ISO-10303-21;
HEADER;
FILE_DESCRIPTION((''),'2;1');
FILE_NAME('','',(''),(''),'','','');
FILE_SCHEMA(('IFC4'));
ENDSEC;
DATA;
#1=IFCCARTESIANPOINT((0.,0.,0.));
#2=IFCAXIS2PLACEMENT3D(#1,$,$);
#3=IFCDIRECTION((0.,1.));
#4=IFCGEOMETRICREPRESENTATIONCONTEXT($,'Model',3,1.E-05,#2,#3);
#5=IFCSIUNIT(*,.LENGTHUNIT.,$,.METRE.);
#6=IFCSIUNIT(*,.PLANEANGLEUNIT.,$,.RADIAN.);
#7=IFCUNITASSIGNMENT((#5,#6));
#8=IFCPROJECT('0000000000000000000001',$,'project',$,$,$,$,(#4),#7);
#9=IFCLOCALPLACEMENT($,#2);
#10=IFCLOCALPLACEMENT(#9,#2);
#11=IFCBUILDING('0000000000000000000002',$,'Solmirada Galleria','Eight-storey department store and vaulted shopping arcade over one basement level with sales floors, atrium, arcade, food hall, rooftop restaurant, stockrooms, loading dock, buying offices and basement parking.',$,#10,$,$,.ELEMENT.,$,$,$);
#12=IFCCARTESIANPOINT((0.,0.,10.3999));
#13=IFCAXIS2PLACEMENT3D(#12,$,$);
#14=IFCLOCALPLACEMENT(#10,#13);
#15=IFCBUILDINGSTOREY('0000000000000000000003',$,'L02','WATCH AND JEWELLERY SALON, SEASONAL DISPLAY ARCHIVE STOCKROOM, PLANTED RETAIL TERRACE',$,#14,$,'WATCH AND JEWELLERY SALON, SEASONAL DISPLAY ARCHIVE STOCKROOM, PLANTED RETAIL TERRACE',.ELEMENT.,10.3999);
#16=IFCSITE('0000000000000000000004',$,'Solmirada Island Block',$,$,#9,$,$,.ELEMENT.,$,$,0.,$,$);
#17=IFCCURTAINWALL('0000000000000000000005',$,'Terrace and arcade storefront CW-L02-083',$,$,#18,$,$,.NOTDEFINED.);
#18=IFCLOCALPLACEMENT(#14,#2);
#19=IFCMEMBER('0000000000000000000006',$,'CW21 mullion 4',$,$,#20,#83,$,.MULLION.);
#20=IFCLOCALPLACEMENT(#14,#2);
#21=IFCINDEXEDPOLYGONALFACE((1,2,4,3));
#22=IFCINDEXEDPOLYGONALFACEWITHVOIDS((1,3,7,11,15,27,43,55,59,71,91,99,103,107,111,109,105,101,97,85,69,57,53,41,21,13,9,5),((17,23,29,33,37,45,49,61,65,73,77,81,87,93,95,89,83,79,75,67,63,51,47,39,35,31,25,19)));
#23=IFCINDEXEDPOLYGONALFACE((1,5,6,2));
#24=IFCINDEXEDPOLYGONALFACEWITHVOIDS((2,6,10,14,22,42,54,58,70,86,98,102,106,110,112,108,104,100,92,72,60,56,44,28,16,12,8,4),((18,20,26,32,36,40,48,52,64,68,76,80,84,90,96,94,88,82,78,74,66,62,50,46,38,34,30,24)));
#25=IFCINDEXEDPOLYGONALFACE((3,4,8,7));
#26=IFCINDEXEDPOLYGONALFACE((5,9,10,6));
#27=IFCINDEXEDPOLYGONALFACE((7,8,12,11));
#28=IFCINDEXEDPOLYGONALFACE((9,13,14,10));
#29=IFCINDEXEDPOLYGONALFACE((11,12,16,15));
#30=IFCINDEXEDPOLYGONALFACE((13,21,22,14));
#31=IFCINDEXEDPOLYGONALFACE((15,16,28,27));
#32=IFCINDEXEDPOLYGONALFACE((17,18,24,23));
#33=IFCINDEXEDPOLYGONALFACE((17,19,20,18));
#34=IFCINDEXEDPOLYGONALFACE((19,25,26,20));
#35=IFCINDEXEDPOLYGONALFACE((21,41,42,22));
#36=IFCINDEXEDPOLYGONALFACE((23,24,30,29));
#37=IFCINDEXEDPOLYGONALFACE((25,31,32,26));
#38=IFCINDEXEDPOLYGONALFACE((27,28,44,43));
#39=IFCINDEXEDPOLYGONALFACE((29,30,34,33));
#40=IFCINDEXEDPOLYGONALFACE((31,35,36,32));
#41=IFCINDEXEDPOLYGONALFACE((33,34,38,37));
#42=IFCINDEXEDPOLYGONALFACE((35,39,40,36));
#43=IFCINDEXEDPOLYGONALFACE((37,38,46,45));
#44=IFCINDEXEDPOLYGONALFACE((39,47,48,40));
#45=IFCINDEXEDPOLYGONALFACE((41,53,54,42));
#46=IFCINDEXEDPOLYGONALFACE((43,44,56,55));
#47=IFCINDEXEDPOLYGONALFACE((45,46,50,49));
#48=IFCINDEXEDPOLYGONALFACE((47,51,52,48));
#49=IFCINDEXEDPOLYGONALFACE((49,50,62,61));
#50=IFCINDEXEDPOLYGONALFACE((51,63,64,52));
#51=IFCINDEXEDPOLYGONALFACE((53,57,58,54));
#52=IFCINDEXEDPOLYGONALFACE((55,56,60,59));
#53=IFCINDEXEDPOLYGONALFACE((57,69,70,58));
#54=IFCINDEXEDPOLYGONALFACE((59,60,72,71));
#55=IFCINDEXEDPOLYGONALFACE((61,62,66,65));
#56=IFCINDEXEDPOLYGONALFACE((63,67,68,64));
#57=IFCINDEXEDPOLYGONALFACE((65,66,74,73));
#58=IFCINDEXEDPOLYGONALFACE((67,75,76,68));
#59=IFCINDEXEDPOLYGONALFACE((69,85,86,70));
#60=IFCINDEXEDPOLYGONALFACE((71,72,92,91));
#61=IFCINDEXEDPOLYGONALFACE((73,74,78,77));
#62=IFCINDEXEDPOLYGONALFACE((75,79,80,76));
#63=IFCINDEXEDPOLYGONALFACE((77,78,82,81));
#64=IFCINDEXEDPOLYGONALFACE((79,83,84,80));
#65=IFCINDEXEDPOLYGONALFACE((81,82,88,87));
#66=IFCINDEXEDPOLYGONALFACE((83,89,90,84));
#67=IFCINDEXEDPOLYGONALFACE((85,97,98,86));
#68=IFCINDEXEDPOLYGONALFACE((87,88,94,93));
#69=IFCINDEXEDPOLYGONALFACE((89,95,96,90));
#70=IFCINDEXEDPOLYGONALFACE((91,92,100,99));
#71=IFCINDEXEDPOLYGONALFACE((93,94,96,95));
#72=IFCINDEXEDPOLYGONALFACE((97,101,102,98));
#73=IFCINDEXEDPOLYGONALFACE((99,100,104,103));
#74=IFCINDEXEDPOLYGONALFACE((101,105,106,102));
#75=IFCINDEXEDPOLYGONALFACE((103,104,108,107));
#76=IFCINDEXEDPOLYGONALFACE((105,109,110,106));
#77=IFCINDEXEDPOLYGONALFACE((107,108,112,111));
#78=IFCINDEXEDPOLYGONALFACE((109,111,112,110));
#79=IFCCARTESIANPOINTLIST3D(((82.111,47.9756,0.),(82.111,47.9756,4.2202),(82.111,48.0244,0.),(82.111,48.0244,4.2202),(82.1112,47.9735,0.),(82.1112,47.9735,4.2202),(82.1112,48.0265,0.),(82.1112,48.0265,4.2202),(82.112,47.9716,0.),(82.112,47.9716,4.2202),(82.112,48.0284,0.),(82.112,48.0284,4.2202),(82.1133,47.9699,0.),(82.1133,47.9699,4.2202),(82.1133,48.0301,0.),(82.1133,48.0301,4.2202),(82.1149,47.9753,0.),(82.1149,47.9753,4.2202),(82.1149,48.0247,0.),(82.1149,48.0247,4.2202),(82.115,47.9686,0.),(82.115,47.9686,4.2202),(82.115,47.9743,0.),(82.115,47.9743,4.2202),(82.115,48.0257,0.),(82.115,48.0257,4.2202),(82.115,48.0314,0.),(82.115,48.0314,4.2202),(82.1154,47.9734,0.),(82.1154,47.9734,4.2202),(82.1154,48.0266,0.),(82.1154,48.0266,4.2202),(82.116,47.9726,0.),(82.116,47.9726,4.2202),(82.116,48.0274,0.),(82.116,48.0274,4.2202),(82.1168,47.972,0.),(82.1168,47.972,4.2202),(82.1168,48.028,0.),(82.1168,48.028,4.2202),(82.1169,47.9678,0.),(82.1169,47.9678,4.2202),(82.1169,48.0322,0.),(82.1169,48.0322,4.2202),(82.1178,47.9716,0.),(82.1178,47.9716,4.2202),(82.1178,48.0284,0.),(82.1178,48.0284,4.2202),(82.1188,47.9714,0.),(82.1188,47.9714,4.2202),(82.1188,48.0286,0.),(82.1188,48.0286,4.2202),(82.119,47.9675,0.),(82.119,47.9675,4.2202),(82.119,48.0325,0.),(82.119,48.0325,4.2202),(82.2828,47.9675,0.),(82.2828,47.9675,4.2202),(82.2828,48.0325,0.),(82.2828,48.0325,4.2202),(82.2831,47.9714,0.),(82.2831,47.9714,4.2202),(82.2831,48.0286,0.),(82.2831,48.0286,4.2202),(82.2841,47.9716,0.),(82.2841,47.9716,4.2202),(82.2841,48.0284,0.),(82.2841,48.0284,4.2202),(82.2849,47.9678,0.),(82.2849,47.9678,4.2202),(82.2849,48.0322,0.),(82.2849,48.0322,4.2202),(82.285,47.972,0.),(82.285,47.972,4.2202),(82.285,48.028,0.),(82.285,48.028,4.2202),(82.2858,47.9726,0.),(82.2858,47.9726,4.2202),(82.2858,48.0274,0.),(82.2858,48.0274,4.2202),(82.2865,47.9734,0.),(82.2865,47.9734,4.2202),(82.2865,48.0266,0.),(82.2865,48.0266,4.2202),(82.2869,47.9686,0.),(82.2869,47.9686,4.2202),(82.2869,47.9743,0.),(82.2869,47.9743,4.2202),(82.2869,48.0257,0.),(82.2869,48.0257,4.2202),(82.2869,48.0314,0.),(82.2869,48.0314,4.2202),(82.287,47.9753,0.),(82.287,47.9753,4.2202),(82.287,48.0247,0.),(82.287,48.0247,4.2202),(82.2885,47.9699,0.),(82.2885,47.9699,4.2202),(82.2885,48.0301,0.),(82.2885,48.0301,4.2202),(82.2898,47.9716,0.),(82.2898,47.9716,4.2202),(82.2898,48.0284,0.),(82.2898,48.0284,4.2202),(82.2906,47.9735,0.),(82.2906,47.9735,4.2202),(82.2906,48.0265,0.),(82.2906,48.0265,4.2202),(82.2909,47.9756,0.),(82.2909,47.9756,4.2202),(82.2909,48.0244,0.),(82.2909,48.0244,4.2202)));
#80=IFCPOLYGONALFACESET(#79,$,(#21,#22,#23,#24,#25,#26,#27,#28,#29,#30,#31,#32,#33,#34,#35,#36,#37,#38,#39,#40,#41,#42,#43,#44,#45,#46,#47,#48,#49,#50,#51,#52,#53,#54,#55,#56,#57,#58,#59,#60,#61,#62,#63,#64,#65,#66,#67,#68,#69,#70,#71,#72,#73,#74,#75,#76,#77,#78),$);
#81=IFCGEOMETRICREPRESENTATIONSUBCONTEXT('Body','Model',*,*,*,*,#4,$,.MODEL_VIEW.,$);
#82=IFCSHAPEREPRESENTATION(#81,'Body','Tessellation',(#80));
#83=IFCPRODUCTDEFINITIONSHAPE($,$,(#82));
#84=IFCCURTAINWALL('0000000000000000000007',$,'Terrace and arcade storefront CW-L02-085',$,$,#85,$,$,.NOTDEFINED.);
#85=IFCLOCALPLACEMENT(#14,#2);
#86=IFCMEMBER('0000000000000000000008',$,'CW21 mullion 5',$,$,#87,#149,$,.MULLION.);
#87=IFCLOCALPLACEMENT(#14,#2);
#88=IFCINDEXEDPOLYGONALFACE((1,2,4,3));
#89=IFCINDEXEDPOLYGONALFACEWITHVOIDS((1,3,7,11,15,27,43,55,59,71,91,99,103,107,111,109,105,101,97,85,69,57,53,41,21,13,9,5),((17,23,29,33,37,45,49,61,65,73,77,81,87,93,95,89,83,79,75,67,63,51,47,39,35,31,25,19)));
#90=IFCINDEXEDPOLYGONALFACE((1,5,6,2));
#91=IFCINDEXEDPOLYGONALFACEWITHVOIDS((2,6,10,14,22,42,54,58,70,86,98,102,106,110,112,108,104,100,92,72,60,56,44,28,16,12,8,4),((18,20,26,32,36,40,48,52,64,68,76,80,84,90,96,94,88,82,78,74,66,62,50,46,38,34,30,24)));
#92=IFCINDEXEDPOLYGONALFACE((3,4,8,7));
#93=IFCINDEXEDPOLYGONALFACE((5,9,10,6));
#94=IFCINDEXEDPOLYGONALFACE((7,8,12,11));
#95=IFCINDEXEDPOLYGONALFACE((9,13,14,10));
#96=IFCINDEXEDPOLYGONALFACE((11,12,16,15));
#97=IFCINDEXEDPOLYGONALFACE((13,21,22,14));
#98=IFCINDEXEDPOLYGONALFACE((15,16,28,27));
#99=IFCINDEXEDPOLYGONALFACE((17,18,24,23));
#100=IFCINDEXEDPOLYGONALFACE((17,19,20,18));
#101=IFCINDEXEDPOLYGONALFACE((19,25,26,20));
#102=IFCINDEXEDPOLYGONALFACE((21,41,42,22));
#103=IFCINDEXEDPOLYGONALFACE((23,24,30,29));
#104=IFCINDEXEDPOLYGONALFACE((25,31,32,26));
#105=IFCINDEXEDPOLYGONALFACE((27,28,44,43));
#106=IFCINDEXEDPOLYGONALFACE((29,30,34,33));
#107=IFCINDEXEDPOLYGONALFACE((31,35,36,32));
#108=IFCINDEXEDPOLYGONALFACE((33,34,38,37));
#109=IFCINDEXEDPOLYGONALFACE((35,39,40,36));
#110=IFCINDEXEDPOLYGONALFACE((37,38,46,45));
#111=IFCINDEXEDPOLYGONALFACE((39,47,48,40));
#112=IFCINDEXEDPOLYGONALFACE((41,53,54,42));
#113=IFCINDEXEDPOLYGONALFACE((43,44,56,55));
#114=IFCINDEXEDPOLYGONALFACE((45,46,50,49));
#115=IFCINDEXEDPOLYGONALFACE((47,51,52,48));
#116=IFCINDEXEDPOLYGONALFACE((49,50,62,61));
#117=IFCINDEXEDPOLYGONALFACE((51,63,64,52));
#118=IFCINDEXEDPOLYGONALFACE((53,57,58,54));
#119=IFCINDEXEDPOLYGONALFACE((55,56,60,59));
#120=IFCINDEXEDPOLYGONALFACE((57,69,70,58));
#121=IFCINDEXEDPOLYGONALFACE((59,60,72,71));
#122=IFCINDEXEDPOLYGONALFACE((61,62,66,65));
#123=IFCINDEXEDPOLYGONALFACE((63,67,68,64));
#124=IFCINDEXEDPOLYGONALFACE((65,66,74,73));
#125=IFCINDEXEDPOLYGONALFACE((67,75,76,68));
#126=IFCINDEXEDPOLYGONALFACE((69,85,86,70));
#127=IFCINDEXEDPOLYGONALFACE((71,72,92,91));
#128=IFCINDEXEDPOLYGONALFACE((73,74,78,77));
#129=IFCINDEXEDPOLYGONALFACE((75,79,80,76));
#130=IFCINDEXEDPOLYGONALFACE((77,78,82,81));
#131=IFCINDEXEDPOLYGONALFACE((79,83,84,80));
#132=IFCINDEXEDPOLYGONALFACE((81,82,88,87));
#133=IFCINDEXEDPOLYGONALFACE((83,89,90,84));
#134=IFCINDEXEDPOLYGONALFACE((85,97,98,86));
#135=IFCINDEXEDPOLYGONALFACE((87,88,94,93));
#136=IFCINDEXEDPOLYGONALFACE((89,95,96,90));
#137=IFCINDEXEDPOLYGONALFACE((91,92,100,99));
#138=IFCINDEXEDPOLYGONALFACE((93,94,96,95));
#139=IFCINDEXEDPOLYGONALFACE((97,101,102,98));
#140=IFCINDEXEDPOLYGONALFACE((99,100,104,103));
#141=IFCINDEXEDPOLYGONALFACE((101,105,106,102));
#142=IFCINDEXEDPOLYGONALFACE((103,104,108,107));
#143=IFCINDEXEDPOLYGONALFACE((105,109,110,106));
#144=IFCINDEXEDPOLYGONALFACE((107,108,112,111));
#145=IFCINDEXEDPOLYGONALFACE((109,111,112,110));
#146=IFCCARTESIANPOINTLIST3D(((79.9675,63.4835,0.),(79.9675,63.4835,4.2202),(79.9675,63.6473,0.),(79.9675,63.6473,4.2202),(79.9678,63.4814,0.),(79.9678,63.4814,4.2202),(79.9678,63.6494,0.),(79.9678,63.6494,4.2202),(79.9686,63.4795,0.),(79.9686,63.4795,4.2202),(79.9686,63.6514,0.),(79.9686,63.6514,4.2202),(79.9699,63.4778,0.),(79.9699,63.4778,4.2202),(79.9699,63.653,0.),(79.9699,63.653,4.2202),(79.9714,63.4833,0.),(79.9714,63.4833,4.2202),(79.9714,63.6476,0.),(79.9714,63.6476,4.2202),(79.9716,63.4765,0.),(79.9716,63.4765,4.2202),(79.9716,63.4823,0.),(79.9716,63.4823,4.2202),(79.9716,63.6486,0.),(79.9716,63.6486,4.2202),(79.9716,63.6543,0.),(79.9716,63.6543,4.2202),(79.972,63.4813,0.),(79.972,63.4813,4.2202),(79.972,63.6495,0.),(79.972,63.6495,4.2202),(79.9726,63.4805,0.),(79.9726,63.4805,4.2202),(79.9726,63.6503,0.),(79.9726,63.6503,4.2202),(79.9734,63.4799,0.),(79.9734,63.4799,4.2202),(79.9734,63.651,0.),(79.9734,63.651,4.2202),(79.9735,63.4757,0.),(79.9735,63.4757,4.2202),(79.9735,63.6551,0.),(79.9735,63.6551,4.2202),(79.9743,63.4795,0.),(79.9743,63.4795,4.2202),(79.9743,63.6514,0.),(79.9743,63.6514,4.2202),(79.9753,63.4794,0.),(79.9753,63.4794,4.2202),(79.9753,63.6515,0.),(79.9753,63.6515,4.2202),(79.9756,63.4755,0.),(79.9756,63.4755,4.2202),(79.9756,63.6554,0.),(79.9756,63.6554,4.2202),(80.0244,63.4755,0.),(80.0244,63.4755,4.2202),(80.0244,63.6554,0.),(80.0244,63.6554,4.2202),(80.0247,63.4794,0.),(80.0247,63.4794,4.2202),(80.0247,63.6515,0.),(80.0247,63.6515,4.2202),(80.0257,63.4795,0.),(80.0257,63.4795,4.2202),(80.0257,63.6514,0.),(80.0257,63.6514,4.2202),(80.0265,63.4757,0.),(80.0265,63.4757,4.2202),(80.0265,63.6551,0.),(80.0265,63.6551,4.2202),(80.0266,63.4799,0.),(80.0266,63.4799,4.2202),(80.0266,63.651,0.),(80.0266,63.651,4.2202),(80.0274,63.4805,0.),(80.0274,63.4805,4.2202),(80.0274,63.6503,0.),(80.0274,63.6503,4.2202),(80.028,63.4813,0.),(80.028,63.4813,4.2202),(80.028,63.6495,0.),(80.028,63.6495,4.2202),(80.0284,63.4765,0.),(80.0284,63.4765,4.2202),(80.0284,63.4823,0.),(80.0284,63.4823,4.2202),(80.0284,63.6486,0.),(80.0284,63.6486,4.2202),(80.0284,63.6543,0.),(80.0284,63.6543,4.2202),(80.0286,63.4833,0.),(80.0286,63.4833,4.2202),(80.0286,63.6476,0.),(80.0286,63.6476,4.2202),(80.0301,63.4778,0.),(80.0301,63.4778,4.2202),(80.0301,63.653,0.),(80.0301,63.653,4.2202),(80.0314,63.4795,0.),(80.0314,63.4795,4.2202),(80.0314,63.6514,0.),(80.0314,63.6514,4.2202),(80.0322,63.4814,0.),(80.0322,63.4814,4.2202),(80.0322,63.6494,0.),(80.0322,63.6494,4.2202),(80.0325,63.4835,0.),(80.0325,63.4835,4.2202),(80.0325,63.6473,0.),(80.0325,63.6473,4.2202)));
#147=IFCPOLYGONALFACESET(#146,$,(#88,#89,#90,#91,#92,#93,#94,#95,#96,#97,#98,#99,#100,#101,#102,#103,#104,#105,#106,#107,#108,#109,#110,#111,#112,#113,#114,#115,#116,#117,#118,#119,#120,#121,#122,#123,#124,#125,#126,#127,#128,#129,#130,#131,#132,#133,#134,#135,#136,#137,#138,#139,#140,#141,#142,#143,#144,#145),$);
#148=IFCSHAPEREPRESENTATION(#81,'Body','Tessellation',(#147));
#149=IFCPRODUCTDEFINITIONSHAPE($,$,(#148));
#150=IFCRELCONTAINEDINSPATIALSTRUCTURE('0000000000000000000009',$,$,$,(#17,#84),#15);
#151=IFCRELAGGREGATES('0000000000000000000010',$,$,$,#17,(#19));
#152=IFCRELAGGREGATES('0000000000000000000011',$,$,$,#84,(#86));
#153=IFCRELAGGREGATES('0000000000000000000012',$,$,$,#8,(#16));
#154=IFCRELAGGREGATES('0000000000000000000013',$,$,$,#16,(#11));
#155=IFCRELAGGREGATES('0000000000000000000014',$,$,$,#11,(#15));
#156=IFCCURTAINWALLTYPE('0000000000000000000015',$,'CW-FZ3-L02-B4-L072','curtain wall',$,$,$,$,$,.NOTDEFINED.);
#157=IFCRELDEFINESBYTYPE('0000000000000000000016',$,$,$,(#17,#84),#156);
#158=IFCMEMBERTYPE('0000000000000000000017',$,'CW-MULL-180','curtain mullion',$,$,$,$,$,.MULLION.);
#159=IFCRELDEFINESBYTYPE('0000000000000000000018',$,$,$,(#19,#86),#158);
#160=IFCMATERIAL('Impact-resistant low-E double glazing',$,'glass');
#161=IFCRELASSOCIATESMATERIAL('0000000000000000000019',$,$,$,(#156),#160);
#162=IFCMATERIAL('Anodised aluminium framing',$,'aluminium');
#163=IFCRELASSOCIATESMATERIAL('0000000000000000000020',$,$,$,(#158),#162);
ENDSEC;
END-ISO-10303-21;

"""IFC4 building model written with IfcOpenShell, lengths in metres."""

from ifc_helpers import new_model, si_unit, direction, frame, origin, origin_2d, place, context, subcontext, project, spatial, hollow_rectangle, extrude, material, material_profile, profile_set, type_object, element, aggregate, save


model = new_model("IFC4")

# Units and contexts
model_context = context("Model", 3, precision=1e-05, world=origin(), true_north=direction((0.0, 1.0)))
body_context = subcontext(model_context, "Body", "Model", "MODEL_VIEW")
ifc_project = project(units=[si_unit("LENGTHUNIT", "METRE"), si_unit("PLANEANGLEUNIT", "RADIAN")], contexts=[model_context])

# Site, building, storey
site_placement = place(None, origin())
site = spatial("IfcSite", under=ifc_project, at=site_placement, Name="Solmirada Island Block", CompositionType="ELEMENT", RefElevation=0.0)
building_placement = place(site_placement, origin())
building = spatial("IfcBuilding", under=site, at=building_placement, Name="Solmirada Galleria", Description="Eight-storey department store and vaulted shopping arcade over one basement level with sales floors, atrium, arcade, food hall, rooftop restaurant, stockrooms, loading dock, buying offices and basement parking.", CompositionType="ELEMENT")
storey_placement = place(building_placement, frame((0.0, 0.0, 10.3999)))
storey = spatial("IfcBuildingStorey", under=building, at=storey_placement, Name="L02", Description="WATCH AND JEWELLERY SALON, SEASONAL DISPLAY ARCHIVE STOCKROOM, PLANTED RETAIL TERRACE", LongName="WATCH AND JEWELLERY SALON, SEASONAL DISPLAY ARCHIVE STOCKROOM, PLANTED RETAIL TERRACE", CompositionType="ELEMENT", Elevation=10.3999)

# Curtain wall, member
ifc_material_1 = material(Name="Impact-resistant low-E double glazing", Category="glass")
curtain_wall_type = type_object("IfcCurtainWallType", Name="CW-FZ3-L02-B4-L072", Description="curtain wall", PredefinedType="NOTDEFINED", material=ifc_material_1)
curtain_wall_1_placement = place(storey_placement, origin())
curtain_wall_1 = element("IfcCurtainWall", 1, at=curtain_wall_1_placement, inside=storey, type_object=curtain_wall_type, Name="Terrace and arcade storefront CW-L02-083", PredefinedType="NOTDEFINED")
ifc_material_2 = material(Name="Anodised aluminium framing", Category="aluminium")
ifc_material_profile_1 = material_profile(ifc_material_2, hollow_rectangle(XDim=0.0649, YDim=0.1799, WallThickness=0.0039, InnerFilletRadius=0.0039, OuterFilletRadius=0.0081, at=origin_2d()), Name="ALU-MULL-180X65")
ifc_profile_set_1 = profile_set([ifc_material_profile_1], Name="Anodised aluminium framing")
member_type_1 = type_object("IfcMemberType", Name="CW-MULL-180", Description="curtain mullion", PredefinedType="MULLION", material=ifc_profile_set_1)
member_1_placement = place(storey_placement, frame((82.2009, 48.0, 0.0), z_axis=(0.0, 0.0, 1.0), x_axis=(0.0, -1.0, 0.0)))
member_1 = element("IfcMember", 2, at=member_1_placement, type_object=member_type_1, Name="CW21 mullion 4", PredefinedType="MULLION", context=body_context, shape_type="SweptSolid", body=[
    extrude(hollow_rectangle(XDim=0.0649, YDim=0.1799, WallThickness=0.0039, InnerFilletRadius=0.0039, OuterFilletRadius=0.0081, at=origin_2d()), origin(), (0.0, 0.0, 1.0), 4.2202),
])

# Curtain wall, member
curtain_wall_2_placement = place(storey_placement, origin())
curtain_wall_2 = element("IfcCurtainWall", 3, at=curtain_wall_2_placement, inside=storey, type_object=curtain_wall_type, Name="Terrace and arcade storefront CW-L02-085", PredefinedType="NOTDEFINED")
member_2_placement = place(storey_placement, frame((80.0, 63.5654, 0.0), z_axis=(0.0, 0.0, 1.0), x_axis=(-1.0, 0.0, 0.0)))
member_2 = element("IfcMember", 4, at=member_2_placement, type_object=member_type_1, Name="CW21 mullion 5", PredefinedType="MULLION", context=body_context, shape_type="SweptSolid", body=[
    extrude(hollow_rectangle(XDim=0.0649, YDim=0.1799, WallThickness=0.0039, InnerFilletRadius=0.0039, OuterFilletRadius=0.0081, at=origin_2d()), origin(), (0.0, 0.0, 1.0), 4.2202),
])

aggregate(curtain_wall_1, [member_1])
aggregate(curtain_wall_2, [member_2])

save(model, "model.ifc")
